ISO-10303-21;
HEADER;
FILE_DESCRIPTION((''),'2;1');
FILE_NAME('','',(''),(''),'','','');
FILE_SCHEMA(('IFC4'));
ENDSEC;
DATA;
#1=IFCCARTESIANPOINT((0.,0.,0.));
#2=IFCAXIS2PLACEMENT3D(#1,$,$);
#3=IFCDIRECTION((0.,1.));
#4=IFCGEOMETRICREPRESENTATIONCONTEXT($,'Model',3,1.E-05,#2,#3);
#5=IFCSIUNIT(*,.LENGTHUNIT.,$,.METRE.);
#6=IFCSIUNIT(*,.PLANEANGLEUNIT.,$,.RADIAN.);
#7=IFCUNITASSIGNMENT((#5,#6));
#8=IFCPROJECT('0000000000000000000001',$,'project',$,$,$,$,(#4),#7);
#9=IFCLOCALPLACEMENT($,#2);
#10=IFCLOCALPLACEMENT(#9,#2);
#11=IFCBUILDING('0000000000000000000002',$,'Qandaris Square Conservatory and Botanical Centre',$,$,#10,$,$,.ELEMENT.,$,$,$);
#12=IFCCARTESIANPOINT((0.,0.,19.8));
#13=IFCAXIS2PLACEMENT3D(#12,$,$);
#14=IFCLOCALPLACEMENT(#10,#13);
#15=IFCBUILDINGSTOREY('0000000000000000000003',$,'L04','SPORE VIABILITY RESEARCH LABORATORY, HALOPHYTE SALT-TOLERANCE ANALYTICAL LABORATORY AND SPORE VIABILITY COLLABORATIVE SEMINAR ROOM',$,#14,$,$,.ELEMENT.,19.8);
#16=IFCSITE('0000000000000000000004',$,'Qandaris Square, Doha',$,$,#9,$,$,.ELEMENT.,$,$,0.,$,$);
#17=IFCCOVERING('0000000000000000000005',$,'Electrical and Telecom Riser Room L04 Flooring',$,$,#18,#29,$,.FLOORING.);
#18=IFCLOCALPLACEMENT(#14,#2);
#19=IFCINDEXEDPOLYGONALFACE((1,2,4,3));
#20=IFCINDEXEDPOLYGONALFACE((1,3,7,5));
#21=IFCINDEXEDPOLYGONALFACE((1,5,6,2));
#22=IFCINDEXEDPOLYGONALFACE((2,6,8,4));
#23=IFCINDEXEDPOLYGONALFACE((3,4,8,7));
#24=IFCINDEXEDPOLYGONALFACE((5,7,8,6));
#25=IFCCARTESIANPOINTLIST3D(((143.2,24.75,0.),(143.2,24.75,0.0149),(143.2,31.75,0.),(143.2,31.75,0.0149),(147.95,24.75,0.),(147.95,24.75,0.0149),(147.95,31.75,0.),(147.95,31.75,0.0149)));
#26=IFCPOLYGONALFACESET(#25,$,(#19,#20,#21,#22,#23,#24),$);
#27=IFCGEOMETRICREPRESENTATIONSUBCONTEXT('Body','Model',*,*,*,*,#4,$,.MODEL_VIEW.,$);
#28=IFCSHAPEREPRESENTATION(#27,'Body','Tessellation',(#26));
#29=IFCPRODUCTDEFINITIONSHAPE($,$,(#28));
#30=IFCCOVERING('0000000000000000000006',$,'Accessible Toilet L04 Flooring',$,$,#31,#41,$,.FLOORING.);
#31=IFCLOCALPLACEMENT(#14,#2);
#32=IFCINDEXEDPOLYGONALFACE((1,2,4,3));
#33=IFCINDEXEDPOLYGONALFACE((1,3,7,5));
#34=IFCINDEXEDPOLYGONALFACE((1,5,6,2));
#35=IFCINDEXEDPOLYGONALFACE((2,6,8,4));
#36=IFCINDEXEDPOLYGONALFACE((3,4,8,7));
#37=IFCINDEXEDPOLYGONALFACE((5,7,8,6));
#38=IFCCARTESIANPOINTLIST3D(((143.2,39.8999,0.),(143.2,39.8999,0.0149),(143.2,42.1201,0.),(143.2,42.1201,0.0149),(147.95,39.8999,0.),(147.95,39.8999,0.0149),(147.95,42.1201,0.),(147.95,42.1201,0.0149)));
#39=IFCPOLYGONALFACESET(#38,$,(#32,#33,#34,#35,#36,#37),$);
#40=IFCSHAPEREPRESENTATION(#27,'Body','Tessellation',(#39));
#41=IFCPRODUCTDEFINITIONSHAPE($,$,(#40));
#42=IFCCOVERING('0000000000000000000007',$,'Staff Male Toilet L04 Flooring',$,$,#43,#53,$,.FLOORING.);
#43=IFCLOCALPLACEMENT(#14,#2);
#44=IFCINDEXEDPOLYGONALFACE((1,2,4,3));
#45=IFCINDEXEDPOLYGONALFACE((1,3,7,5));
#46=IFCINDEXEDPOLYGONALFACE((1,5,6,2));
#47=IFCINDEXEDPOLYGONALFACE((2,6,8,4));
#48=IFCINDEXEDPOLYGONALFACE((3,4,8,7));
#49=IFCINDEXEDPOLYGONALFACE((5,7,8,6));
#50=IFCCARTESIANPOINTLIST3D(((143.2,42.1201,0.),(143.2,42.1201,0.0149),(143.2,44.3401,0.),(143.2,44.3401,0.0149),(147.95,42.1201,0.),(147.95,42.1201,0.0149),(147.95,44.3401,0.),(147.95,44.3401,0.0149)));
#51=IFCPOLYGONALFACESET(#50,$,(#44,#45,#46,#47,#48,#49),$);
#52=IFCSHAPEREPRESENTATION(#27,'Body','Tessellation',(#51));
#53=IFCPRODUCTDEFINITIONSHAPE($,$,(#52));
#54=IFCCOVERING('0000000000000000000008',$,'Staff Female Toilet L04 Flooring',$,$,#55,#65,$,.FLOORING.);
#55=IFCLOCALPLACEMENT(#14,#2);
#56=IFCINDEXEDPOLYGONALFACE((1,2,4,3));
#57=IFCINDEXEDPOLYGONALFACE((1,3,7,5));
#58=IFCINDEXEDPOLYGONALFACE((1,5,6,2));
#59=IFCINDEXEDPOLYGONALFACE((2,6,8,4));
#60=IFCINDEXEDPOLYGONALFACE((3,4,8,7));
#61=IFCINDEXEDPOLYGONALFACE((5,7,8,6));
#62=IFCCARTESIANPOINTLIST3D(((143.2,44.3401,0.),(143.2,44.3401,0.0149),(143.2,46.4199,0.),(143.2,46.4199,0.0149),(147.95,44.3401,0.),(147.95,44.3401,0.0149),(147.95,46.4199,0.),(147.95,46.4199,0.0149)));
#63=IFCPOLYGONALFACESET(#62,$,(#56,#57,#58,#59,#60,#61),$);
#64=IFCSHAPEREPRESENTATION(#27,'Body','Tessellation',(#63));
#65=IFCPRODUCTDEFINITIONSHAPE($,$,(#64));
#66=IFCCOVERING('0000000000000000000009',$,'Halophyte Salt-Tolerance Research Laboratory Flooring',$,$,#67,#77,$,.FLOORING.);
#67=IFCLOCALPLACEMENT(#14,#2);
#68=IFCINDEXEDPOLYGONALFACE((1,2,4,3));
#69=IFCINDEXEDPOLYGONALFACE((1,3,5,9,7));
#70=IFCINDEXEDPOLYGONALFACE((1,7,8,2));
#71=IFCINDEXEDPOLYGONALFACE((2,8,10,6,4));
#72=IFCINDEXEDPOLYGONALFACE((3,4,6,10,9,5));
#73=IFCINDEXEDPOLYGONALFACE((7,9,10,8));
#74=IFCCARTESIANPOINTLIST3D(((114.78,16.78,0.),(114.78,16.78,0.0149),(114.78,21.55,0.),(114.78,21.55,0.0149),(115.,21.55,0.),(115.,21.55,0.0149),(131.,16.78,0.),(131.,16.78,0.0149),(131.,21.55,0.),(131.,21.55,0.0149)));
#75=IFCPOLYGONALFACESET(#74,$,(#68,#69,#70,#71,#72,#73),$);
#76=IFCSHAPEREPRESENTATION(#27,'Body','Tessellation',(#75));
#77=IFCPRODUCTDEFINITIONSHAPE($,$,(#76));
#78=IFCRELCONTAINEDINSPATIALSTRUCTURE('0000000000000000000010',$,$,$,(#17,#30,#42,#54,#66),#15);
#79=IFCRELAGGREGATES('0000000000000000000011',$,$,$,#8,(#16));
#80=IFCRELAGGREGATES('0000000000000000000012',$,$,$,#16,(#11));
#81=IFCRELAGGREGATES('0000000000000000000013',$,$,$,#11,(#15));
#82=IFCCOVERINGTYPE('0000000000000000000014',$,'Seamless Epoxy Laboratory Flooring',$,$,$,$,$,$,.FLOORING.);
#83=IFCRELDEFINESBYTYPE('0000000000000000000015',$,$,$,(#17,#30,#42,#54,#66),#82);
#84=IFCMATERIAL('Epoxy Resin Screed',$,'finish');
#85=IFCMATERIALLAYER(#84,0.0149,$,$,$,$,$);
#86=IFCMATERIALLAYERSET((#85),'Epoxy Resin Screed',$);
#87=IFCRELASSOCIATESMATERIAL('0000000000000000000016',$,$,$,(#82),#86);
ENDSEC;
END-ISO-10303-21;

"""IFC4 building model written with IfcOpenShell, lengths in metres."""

from ifc_helpers import new_model, si_unit, direction, frame, origin, place, context, subcontext, project, spatial, polyline, outline, extrude, material, layer, layer_set, type_object, element, save


model = new_model("IFC4")

# Units and contexts
model_context = context("Model", 3, precision=1e-05, world=origin(), true_north=direction((0.0, 1.0)))
body_context = subcontext(model_context, "Body", "Model", "MODEL_VIEW")
ifc_project = project(units=[si_unit("LENGTHUNIT", "METRE"), si_unit("PLANEANGLEUNIT", "RADIAN")], contexts=[model_context])

# Site, building, storey
site_placement = place(None, origin())
site = spatial("IfcSite", under=ifc_project, at=site_placement, Name="Qandaris Square, Doha", CompositionType="ELEMENT", RefElevation=0.0)
building_placement = place(site_placement, origin())
building = spatial("IfcBuilding", under=site, at=building_placement, Name="Qandaris Square Conservatory and Botanical Centre", CompositionType="ELEMENT")
storey_placement = place(building_placement, frame((0.0, 0.0, 19.8)))
storey = spatial("IfcBuildingStorey", under=building, at=storey_placement, Name="L04", Description="SPORE VIABILITY RESEARCH LABORATORY, HALOPHYTE SALT-TOLERANCE ANALYTICAL LABORATORY AND SPORE VIABILITY COLLABORATIVE SEMINAR ROOM", CompositionType="ELEMENT", Elevation=19.8)

# Coverings
ifc_material_1 = material(Name="Epoxy Resin Screed", Category="finish")
ifc_layer_1 = layer(ifc_material_1, 0.0149)
ifc_layer_set_1 = layer_set([ifc_layer_1], Name="Epoxy Resin Screed")
covering_type_1 = type_object("IfcCoveringType", Name="Seamless Epoxy Laboratory Flooring", PredefinedType="FLOORING", material=ifc_layer_set_1)
covering_1_placement = place(storey_placement, origin())
element("IfcCovering", 1, at=covering_1_placement, inside=storey, type_object=covering_type_1, Name="Electrical and Telecom Riser Room L04 Flooring", PredefinedType="FLOORING", context=body_context, shape_type="SweptSolid", body=[
    extrude(outline(polyline([(147.95, 31.75), (147.95, 24.75), (143.2, 24.75), (143.2, 31.75), (147.95, 31.75)])), origin(), (0.0, 0.0, 1.0), 0.0149),
])
covering_2_placement = place(storey_placement, origin())
element("IfcCovering", 2, at=covering_2_placement, inside=storey, type_object=covering_type_1, Name="Accessible Toilet L04 Flooring", PredefinedType="FLOORING", context=body_context, shape_type="SweptSolid", body=[
    extrude(outline(polyline([(147.95, 42.1201), (147.95, 39.8999), (143.2, 39.8999), (143.2, 42.1201), (147.95, 42.1201)])), origin(), (0.0, 0.0, 1.0), 0.0149),
])
covering_3_placement = place(storey_placement, origin())
element("IfcCovering", 3, at=covering_3_placement, inside=storey, type_object=covering_type_1, Name="Staff Male Toilet L04 Flooring", PredefinedType="FLOORING", context=body_context, shape_type="SweptSolid", body=[
    extrude(outline(polyline([(147.95, 44.3401), (147.95, 42.1201), (143.2, 42.1201), (143.2, 44.3401), (147.95, 44.3401)])), origin(), (0.0, 0.0, 1.0), 0.0149),
])
covering_4_placement = place(storey_placement, origin())
element("IfcCovering", 4, at=covering_4_placement, inside=storey, type_object=covering_type_1, Name="Staff Female Toilet L04 Flooring", PredefinedType="FLOORING", context=body_context, shape_type="SweptSolid", body=[
    extrude(outline(polyline([(147.95, 46.4199), (147.95, 44.3401), (143.2, 44.3401), (143.2, 46.4199), (147.95, 46.4199)])), origin(), (0.0, 0.0, 1.0), 0.0149),
])
covering_5_placement = place(storey_placement, origin())
element("IfcCovering", 5, at=covering_5_placement, inside=storey, type_object=covering_type_1, Name="Halophyte Salt-Tolerance Research Laboratory Flooring", PredefinedType="FLOORING", context=body_context, shape_type="SweptSolid", body=[
    extrude(outline(polyline([(115.0, 21.55), (131.0, 21.55), (131.0, 16.78), (114.78, 16.78), (114.78, 21.55), (115.0, 21.55)])), origin(), (0.0, 0.0, 1.0), 0.0149),
])

save(model, "model.ifc")
